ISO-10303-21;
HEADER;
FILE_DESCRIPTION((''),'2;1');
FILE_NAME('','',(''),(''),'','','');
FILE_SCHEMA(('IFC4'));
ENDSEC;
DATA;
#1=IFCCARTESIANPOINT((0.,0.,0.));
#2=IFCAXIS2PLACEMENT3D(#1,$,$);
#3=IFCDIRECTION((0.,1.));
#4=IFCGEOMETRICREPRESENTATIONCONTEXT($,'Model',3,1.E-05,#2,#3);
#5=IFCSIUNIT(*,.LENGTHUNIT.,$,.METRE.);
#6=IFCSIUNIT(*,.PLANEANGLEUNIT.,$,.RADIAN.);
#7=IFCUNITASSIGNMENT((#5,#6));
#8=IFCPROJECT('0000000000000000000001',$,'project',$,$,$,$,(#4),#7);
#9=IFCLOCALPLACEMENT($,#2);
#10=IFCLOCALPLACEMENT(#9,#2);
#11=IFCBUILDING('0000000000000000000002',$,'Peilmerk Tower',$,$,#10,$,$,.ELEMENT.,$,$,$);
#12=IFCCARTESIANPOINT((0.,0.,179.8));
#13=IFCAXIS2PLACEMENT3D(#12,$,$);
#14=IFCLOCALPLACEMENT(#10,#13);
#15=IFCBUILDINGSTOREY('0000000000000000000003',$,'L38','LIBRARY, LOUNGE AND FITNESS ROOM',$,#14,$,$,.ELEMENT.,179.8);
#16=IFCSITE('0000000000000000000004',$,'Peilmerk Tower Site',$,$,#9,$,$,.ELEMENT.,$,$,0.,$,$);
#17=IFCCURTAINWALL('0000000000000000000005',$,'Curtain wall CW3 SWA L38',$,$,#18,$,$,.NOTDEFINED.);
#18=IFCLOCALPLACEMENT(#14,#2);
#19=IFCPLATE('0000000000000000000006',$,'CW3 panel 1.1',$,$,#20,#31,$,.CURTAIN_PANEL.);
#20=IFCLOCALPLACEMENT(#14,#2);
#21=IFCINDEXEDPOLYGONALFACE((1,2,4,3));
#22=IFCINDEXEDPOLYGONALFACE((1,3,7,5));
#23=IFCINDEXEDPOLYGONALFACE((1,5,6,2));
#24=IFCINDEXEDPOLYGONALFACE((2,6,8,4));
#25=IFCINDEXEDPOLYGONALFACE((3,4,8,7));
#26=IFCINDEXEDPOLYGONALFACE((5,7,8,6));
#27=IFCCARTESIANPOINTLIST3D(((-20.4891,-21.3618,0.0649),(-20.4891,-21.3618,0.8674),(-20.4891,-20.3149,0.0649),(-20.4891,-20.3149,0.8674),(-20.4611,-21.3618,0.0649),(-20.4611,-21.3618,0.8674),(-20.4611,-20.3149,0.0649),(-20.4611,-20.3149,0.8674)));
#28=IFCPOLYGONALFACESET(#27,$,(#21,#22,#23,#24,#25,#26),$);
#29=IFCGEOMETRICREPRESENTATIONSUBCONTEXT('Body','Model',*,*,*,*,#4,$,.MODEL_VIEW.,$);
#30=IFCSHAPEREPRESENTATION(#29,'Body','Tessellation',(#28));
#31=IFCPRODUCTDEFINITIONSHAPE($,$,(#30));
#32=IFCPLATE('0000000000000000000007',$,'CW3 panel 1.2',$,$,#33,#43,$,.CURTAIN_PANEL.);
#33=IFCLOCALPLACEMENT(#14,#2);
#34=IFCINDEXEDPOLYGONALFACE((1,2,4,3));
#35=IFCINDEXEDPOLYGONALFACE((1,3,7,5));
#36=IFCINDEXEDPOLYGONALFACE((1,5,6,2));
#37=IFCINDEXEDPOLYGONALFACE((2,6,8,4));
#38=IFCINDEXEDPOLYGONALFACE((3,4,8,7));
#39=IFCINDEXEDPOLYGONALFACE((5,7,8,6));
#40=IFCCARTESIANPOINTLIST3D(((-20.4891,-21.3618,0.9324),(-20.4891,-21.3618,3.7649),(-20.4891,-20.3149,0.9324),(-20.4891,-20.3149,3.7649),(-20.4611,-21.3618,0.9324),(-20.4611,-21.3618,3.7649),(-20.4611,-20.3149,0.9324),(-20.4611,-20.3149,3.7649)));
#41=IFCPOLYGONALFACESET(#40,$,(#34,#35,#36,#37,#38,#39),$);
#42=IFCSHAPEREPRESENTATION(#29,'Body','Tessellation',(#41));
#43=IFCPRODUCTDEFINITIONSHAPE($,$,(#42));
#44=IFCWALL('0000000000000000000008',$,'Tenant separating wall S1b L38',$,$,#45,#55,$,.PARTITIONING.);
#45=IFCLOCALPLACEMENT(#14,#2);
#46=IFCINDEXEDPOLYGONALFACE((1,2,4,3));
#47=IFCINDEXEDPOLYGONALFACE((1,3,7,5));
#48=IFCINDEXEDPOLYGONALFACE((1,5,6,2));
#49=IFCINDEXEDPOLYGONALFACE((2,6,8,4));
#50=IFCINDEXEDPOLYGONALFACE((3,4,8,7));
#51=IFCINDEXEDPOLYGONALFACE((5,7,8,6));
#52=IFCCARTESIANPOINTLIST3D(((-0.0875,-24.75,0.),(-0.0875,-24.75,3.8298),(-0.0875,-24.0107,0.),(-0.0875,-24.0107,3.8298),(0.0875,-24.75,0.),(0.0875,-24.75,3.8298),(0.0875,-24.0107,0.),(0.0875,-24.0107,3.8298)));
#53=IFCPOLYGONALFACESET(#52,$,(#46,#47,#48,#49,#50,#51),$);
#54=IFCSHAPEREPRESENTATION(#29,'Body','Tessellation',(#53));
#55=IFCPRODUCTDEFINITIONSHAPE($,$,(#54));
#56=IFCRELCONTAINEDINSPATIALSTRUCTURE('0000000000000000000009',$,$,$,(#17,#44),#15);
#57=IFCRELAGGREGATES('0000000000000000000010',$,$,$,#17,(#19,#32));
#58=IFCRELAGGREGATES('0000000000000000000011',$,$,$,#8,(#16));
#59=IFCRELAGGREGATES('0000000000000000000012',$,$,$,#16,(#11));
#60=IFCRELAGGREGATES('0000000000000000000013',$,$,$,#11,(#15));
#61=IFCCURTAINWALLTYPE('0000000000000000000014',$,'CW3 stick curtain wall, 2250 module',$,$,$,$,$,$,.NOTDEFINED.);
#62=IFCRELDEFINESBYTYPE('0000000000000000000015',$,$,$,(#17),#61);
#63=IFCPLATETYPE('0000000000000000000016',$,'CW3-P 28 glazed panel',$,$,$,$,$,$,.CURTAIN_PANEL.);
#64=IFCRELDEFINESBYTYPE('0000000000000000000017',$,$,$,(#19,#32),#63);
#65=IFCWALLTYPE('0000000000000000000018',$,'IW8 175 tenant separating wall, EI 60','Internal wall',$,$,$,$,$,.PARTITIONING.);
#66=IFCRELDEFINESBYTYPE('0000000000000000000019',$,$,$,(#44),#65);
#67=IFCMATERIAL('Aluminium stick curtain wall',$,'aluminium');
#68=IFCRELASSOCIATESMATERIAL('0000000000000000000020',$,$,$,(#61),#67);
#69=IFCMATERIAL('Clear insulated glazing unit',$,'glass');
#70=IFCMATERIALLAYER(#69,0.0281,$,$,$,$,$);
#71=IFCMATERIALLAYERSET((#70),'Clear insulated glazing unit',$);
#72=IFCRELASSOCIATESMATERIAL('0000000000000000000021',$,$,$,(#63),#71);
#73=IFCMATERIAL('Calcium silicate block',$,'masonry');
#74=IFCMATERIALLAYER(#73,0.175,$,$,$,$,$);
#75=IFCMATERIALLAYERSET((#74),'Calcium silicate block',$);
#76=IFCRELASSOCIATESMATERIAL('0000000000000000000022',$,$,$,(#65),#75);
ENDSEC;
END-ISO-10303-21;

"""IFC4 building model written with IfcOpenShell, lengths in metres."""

from ifc_helpers import new_model, si_unit, direction, frame, frame_2d, origin, origin_2d, place, context, subcontext, project, spatial, rectangle, extrude, material, layer, layer_set, type_object, element, aggregate, save


model = new_model("IFC4")

# Units and contexts
model_context = context("Model", 3, precision=1e-05, world=origin(), true_north=direction((0.0, 1.0)))
body_context = subcontext(model_context, "Body", "Model", "MODEL_VIEW")
ifc_project = project(units=[si_unit("LENGTHUNIT", "METRE"), si_unit("PLANEANGLEUNIT", "RADIAN")], contexts=[model_context])

# Site, building, storey
site_placement = place(None, origin())
site = spatial("IfcSite", under=ifc_project, at=site_placement, Name="Peilmerk Tower Site", CompositionType="ELEMENT", RefElevation=0.0)
building_placement = place(site_placement, origin())
building = spatial("IfcBuilding", under=site, at=building_placement, Name="Peilmerk Tower", CompositionType="ELEMENT")
storey_placement = place(building_placement, frame((0.0, 0.0, 179.8)))
storey = spatial("IfcBuildingStorey", under=building, at=storey_placement, Name="L38", Description="LIBRARY, LOUNGE AND FITNESS ROOM", CompositionType="ELEMENT", Elevation=179.8)

# Curtain wall, plates
ifc_material_1 = material(Name="Aluminium stick curtain wall", Category="aluminium")
curtain_wall_type = type_object("IfcCurtainWallType", Name="CW3 stick curtain wall, 2250 module", PredefinedType="NOTDEFINED", material=ifc_material_1)
curtain_wall_placement = place(storey_placement, origin())
curtain_wall = element("IfcCurtainWall", 1, at=curtain_wall_placement, inside=storey, type_object=curtain_wall_type, Name="Curtain wall CW3 SWA L38", PredefinedType="NOTDEFINED")
ifc_material_2 = material(Name="Clear insulated glazing unit", Category="glass")
ifc_layer_1 = layer(ifc_material_2, 0.0281)
ifc_layer_set_1 = layer_set([ifc_layer_1], Name="Clear insulated glazing unit")
plate_type = type_object("IfcPlateType", Name="CW3-P 28 glazed panel", PredefinedType="CURTAIN_PANEL", material=ifc_layer_set_1)
plate_1_placement = place(storey_placement, frame((-20.4751, -20.8384, 0.0649), z_axis=(0.0, 0.0, 1.0), x_axis=(0.0, -1.0, 0.0)))
plate_1 = element("IfcPlate", 2, at=plate_1_placement, type_object=plate_type, Name="CW3 panel 1.1", PredefinedType="CURTAIN_PANEL", context=body_context, shape_type="SweptSolid", body=[
    extrude(rectangle(XDim=1.0469, YDim=0.0281, at=origin_2d()), origin(), (0.0, 0.0, 1.0), 0.8025),
])
plate_2_placement = place(storey_placement, frame((-20.4751, -20.8384, 0.9324), z_axis=(0.0, 0.0, 1.0), x_axis=(0.0, -1.0, 0.0)))
plate_2 = element("IfcPlate", 3, at=plate_2_placement, type_object=plate_type, Name="CW3 panel 1.2", PredefinedType="CURTAIN_PANEL", context=body_context, shape_type="SweptSolid", body=[
    extrude(rectangle(XDim=1.0469, YDim=0.0281, at=origin_2d()), origin(), (0.0, 0.0, 1.0), 2.8325),
])
aggregate(curtain_wall, [plate_1, plate_2])

# Wall
ifc_material_3 = material(Name="Calcium silicate block", Category="masonry")
ifc_layer_2 = layer(ifc_material_3, 0.175)
ifc_layer_set_2 = layer_set([ifc_layer_2], Name="Calcium silicate block")
wall_type = type_object("IfcWallType", Name="IW8 175 tenant separating wall, EI 60", Description="Internal wall", PredefinedType="PARTITIONING", material=ifc_layer_set_2)
wall_placement = place(storey_placement, frame((0.0, -24.0107, 0.0), z_axis=(0.0, 0.0, 1.0), x_axis=(0.0, -1.0, 0.0)))
element("IfcWall", 4, at=wall_placement, inside=storey, type_object=wall_type, Name="Tenant separating wall S1b L38", PredefinedType="PARTITIONING", context=body_context, shape_type="SweptSolid", body=[
    extrude(rectangle(XDim=0.7393, YDim=0.175, at=frame_2d((0.3696, 0.0))), origin(), (0.0, 0.0, 1.0), 3.8298),
])

save(model, "model.ifc")
